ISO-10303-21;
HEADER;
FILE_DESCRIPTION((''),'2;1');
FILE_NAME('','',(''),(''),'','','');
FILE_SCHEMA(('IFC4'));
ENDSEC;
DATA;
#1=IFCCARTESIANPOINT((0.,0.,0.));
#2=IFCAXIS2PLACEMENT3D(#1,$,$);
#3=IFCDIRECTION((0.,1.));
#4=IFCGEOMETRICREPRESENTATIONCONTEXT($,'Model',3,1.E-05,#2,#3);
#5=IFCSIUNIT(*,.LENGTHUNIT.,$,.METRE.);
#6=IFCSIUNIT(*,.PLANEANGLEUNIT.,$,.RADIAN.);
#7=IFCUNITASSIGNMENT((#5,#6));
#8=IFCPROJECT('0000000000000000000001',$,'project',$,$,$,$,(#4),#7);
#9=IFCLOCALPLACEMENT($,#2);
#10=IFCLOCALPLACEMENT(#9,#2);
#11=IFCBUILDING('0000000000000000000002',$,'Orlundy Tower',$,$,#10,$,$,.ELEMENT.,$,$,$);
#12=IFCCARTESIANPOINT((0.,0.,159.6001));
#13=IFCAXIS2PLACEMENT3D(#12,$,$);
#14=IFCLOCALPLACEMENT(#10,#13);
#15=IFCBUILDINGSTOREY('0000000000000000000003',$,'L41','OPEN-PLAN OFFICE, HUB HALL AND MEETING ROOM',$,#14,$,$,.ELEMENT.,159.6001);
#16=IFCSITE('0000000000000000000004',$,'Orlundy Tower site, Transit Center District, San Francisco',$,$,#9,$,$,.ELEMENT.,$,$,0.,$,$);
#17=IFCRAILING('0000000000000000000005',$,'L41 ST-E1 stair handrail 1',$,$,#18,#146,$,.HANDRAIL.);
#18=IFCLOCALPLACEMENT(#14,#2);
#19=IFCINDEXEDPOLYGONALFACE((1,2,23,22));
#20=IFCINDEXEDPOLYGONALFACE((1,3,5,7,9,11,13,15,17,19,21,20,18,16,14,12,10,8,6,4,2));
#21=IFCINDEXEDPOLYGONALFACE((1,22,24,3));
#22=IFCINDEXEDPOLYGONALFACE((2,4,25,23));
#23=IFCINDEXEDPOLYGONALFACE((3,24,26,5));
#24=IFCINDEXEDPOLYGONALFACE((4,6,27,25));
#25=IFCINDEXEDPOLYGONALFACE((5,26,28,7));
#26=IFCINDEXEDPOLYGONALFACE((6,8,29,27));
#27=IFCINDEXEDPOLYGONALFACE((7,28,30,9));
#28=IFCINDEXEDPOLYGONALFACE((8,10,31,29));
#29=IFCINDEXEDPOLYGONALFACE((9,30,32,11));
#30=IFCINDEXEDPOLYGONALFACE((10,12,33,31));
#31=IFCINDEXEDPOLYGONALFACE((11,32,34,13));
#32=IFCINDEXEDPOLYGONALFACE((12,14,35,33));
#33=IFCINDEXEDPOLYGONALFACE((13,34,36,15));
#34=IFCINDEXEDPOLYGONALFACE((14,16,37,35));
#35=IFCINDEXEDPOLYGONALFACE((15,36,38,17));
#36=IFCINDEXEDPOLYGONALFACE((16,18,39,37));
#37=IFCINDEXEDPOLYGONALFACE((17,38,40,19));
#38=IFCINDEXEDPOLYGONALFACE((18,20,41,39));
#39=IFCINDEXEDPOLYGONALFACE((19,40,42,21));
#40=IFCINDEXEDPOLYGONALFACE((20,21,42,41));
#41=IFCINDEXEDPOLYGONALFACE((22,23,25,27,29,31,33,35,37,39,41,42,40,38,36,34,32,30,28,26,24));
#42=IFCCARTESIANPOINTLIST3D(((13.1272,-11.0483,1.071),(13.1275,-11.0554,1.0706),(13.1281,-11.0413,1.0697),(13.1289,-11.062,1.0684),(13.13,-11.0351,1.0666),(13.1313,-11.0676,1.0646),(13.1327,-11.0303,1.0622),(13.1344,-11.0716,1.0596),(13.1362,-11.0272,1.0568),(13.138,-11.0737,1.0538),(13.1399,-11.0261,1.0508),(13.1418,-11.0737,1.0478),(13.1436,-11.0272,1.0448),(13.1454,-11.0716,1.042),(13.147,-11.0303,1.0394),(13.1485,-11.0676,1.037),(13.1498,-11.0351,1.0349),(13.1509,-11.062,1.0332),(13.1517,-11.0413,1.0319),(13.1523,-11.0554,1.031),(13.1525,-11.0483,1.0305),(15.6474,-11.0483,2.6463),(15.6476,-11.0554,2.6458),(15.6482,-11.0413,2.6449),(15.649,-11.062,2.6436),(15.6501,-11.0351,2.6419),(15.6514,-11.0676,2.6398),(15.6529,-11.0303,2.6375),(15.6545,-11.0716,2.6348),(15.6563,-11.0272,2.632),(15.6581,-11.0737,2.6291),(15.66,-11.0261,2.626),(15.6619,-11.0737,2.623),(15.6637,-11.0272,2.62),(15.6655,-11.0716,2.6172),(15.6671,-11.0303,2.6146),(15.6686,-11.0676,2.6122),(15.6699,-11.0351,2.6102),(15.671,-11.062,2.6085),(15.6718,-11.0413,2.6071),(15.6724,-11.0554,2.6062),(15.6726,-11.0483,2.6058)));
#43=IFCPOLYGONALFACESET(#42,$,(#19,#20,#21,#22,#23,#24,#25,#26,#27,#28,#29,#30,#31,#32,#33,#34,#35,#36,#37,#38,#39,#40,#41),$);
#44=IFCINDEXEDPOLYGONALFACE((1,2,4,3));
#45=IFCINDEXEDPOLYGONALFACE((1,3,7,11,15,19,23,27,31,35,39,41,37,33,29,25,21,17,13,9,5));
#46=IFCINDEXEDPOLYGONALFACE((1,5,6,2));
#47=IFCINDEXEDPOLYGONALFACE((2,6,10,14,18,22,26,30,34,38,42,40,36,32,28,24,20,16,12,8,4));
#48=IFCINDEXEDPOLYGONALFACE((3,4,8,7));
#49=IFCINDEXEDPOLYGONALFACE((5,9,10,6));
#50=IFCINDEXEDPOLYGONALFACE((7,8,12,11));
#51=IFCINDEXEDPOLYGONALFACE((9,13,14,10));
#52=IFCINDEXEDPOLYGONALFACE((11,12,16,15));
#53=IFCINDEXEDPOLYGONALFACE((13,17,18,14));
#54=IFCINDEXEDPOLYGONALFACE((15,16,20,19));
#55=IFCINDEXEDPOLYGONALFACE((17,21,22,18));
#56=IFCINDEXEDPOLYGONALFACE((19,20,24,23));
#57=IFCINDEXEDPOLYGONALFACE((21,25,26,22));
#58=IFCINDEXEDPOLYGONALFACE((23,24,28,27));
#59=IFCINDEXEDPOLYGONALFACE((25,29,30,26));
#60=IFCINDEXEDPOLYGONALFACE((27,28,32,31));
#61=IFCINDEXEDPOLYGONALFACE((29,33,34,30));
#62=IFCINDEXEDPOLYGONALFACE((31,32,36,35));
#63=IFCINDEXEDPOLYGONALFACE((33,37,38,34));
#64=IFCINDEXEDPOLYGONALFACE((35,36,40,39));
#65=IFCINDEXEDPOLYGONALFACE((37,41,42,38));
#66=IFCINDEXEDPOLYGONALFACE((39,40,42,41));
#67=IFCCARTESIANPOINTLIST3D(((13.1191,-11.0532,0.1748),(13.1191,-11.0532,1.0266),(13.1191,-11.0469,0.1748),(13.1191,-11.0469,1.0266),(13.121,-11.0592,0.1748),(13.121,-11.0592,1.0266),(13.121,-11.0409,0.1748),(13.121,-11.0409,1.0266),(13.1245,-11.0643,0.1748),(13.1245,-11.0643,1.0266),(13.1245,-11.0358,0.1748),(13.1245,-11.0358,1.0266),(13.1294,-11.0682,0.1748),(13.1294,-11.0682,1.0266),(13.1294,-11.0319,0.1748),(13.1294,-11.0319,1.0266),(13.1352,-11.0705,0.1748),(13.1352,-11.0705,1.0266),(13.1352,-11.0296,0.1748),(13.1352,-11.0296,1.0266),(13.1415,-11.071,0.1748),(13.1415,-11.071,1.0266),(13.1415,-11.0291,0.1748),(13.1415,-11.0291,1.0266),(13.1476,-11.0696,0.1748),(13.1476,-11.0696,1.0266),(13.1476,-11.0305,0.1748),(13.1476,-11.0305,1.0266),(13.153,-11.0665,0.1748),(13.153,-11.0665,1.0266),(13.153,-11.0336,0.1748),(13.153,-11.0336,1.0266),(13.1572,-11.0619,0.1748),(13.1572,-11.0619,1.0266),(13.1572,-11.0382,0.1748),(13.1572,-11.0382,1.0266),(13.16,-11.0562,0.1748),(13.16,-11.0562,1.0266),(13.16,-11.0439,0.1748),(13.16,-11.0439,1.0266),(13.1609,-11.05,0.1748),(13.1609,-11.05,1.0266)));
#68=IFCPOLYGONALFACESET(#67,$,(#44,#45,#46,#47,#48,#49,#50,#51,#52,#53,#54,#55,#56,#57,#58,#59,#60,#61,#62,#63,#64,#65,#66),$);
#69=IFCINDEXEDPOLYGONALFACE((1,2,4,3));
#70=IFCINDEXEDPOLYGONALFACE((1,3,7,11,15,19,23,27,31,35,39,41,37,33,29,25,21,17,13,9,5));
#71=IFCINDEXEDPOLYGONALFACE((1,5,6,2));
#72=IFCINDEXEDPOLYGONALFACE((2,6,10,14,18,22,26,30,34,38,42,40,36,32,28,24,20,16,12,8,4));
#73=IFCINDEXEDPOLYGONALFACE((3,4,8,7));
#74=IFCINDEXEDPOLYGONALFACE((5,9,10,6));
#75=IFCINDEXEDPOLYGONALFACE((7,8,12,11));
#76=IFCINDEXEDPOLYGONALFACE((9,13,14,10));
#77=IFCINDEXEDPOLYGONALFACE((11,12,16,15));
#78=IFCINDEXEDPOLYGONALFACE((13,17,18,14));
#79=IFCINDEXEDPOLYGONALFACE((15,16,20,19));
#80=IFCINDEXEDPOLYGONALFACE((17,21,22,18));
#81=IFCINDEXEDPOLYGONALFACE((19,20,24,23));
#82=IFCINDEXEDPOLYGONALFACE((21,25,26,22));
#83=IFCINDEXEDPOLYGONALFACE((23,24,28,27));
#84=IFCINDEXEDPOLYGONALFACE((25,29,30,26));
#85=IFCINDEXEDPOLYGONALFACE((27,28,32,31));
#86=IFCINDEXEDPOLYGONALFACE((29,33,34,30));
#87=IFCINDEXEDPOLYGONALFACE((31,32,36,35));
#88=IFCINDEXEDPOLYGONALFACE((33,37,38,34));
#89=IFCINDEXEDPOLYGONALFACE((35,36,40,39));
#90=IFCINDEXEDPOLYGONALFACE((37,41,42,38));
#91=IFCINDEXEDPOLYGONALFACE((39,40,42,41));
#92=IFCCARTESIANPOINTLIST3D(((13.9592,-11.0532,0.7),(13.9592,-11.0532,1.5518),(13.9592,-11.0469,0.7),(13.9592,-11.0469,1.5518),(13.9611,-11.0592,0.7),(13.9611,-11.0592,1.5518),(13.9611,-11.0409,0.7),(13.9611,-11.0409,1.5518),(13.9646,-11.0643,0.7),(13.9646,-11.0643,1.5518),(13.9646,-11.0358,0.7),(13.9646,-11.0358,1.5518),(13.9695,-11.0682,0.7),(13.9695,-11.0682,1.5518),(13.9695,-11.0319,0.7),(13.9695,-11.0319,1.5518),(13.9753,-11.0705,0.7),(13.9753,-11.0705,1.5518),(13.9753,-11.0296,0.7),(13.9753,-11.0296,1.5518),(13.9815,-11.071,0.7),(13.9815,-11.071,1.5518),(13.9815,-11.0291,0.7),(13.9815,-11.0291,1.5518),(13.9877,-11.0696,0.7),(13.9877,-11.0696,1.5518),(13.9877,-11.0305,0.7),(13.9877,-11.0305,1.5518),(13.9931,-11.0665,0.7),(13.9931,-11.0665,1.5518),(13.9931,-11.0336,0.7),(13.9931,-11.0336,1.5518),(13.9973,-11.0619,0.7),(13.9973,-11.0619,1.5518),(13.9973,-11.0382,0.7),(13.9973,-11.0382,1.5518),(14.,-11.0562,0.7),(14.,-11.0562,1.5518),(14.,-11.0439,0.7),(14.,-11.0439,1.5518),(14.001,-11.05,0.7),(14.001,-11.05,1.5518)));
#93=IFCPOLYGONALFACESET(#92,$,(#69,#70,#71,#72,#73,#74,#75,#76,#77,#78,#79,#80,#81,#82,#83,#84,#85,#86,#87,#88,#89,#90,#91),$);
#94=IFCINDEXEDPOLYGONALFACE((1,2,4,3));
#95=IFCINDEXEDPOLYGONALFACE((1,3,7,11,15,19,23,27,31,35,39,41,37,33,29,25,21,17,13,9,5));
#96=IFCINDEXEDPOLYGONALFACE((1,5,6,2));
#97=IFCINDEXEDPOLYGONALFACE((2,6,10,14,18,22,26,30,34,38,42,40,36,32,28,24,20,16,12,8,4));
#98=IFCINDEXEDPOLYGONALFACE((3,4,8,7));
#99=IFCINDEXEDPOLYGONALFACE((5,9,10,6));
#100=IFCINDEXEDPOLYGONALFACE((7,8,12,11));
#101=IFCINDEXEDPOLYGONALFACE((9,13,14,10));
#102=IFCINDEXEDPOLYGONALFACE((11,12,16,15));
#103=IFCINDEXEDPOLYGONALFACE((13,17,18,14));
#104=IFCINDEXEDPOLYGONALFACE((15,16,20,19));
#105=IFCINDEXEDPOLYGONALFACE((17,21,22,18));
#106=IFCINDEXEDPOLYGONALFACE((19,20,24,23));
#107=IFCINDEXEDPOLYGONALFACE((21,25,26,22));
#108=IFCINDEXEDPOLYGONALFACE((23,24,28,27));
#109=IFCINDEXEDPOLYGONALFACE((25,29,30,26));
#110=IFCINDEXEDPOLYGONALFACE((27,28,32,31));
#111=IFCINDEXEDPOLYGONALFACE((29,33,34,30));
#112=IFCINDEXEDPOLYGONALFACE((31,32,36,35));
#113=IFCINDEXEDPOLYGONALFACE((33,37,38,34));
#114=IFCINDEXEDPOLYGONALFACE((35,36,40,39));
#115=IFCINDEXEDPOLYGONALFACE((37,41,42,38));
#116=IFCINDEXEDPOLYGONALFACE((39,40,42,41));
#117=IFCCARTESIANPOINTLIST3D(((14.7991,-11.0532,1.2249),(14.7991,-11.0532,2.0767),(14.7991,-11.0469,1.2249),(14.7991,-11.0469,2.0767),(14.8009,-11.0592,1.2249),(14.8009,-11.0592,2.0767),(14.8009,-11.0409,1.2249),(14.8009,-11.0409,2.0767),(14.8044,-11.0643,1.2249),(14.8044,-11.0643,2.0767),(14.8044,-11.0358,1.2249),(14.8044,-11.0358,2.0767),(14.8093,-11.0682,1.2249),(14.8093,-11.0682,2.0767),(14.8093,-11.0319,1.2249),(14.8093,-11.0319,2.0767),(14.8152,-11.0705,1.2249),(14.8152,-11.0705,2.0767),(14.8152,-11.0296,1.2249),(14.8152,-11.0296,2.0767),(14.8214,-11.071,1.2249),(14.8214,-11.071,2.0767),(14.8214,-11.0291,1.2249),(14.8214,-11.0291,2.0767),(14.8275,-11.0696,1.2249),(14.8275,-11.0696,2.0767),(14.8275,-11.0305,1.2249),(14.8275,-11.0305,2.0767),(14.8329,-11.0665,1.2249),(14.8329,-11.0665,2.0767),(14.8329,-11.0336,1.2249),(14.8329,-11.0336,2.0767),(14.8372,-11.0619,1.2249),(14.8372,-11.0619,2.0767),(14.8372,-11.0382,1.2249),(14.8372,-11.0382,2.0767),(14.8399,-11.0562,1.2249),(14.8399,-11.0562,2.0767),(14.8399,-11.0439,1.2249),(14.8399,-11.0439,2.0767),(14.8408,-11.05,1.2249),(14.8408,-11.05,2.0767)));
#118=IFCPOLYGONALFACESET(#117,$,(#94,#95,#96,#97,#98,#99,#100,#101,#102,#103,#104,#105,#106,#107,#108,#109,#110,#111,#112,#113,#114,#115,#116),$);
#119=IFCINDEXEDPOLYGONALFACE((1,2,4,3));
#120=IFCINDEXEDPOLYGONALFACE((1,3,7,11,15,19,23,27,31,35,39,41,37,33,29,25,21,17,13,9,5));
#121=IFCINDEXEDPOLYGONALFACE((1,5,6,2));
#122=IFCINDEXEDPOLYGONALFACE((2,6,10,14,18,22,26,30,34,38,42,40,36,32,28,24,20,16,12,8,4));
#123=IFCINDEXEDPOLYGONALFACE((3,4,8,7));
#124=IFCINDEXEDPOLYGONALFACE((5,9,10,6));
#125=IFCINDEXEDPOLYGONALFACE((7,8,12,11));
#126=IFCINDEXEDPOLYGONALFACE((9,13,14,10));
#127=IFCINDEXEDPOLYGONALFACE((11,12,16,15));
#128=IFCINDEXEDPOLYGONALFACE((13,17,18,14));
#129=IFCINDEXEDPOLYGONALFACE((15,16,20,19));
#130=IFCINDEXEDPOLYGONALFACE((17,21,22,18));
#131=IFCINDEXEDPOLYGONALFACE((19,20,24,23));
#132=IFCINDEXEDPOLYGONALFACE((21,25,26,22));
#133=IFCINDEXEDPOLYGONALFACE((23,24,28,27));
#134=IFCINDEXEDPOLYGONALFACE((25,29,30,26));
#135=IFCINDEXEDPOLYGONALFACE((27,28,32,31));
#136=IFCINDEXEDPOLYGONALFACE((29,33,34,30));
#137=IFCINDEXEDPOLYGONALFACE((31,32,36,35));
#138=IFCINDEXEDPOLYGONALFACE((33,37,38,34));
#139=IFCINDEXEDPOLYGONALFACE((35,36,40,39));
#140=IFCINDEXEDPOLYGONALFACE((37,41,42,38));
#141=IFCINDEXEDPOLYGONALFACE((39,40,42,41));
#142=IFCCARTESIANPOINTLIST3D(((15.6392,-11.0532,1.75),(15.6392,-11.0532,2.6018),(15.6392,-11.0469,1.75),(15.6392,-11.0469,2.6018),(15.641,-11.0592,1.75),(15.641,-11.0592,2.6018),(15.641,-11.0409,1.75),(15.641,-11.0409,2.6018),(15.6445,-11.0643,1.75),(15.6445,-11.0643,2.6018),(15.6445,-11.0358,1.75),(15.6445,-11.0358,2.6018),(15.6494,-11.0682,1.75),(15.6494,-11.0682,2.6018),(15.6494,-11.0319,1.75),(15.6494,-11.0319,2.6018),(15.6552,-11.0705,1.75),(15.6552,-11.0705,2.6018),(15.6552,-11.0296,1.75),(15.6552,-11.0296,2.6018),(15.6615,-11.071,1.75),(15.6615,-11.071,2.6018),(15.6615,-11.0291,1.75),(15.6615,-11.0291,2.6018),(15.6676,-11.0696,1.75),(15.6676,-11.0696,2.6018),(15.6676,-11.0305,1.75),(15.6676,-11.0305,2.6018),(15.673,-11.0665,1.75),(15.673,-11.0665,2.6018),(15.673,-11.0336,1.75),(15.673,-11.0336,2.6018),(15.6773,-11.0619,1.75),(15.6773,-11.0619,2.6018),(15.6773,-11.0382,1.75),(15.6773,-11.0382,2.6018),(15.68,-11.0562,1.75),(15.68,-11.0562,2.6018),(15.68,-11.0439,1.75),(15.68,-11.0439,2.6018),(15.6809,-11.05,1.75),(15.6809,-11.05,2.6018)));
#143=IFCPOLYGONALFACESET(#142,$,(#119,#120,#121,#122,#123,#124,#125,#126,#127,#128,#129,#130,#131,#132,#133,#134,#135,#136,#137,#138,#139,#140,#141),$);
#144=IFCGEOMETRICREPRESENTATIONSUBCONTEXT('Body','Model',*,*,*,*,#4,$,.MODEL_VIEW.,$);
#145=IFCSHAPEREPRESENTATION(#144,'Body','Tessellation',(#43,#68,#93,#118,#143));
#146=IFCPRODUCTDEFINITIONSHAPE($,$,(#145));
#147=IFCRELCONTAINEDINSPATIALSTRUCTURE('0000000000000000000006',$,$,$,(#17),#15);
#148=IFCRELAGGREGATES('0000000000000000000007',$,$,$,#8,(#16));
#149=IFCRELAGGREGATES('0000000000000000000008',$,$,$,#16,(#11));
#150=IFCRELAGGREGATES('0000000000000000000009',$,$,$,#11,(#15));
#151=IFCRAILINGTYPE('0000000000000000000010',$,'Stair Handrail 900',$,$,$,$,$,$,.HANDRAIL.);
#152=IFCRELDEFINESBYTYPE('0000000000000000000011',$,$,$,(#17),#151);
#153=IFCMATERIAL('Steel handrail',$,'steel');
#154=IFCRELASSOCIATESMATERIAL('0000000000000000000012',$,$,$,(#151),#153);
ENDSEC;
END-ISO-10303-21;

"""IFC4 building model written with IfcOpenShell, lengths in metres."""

from ifc_helpers import new_model, si_unit, direction, frame, origin, origin_2d, place, context, subcontext, project, spatial, circle, extrude, material, type_object, element, save


model = new_model("IFC4")

# Units and contexts
model_context = context("Model", 3, precision=1e-05, world=origin(), true_north=direction((0.0, 1.0)))
body_context = subcontext(model_context, "Body", "Model", "MODEL_VIEW")
ifc_project = project(units=[si_unit("LENGTHUNIT", "METRE"), si_unit("PLANEANGLEUNIT", "RADIAN")], contexts=[model_context])

# Site, building, storey
site_placement = place(None, origin())
site = spatial("IfcSite", under=ifc_project, at=site_placement, Name="Orlundy Tower site, Transit Center District, San Francisco", CompositionType="ELEMENT", RefElevation=0.0)
building_placement = place(site_placement, origin())
building = spatial("IfcBuilding", under=site, at=building_placement, Name="Orlundy Tower", CompositionType="ELEMENT")
storey_placement = place(building_placement, frame((0.0, 0.0, 159.6001)))
storey = spatial("IfcBuildingStorey", under=building, at=storey_placement, Name="L41", Description="OPEN-PLAN OFFICE, HUB HALL AND MEETING ROOM", CompositionType="ELEMENT", Elevation=159.6001)

# Railing
ifc_material_1 = material(Name="Steel handrail", Category="steel")
railing_type_1 = type_object("IfcRailingType", Name="Stair Handrail 900", PredefinedType="HANDRAIL", material=ifc_material_1)
for number, where, name in (
    (1, (13.1399, -11.05, 0.1748), "L41 ST-E1 stair handrail 1"),
):
    element("IfcRailing", number, at=place(storey_placement, frame(where)), inside=storey, type_object=railing_type_1, Name=name, PredefinedType="HANDRAIL", context=body_context, shape_type="SweptSolid", body=[
        extrude(circle(Radius=0.0239, at=origin_2d()), frame((0.0, 0.0, 0.876), z_axis=(0.847971, 0.0, 0.530043), x_axis=(0.0, 1.0, 0.0)), (0.0, 0.0, 1.0), 2.9719),
        extrude(circle(Radius=0.021, at=origin_2d()), origin(), (0.0, 0.0, 1.0), 0.8518),
        extrude(circle(Radius=0.021, at=origin_2d()), frame((0.8401, 0.0, 0.5251)), (0.0, 0.0, 1.0), 0.8518),
        extrude(circle(Radius=0.021, at=origin_2d()), frame((1.6799, 0.0, 1.05)), (0.0, 0.0, 1.0), 0.8518),
        extrude(circle(Radius=0.021, at=origin_2d()), frame((2.52, 0.0, 1.5752)), (0.0, 0.0, 1.0), 0.8518),
    ])

save(model, "model.ifc")
